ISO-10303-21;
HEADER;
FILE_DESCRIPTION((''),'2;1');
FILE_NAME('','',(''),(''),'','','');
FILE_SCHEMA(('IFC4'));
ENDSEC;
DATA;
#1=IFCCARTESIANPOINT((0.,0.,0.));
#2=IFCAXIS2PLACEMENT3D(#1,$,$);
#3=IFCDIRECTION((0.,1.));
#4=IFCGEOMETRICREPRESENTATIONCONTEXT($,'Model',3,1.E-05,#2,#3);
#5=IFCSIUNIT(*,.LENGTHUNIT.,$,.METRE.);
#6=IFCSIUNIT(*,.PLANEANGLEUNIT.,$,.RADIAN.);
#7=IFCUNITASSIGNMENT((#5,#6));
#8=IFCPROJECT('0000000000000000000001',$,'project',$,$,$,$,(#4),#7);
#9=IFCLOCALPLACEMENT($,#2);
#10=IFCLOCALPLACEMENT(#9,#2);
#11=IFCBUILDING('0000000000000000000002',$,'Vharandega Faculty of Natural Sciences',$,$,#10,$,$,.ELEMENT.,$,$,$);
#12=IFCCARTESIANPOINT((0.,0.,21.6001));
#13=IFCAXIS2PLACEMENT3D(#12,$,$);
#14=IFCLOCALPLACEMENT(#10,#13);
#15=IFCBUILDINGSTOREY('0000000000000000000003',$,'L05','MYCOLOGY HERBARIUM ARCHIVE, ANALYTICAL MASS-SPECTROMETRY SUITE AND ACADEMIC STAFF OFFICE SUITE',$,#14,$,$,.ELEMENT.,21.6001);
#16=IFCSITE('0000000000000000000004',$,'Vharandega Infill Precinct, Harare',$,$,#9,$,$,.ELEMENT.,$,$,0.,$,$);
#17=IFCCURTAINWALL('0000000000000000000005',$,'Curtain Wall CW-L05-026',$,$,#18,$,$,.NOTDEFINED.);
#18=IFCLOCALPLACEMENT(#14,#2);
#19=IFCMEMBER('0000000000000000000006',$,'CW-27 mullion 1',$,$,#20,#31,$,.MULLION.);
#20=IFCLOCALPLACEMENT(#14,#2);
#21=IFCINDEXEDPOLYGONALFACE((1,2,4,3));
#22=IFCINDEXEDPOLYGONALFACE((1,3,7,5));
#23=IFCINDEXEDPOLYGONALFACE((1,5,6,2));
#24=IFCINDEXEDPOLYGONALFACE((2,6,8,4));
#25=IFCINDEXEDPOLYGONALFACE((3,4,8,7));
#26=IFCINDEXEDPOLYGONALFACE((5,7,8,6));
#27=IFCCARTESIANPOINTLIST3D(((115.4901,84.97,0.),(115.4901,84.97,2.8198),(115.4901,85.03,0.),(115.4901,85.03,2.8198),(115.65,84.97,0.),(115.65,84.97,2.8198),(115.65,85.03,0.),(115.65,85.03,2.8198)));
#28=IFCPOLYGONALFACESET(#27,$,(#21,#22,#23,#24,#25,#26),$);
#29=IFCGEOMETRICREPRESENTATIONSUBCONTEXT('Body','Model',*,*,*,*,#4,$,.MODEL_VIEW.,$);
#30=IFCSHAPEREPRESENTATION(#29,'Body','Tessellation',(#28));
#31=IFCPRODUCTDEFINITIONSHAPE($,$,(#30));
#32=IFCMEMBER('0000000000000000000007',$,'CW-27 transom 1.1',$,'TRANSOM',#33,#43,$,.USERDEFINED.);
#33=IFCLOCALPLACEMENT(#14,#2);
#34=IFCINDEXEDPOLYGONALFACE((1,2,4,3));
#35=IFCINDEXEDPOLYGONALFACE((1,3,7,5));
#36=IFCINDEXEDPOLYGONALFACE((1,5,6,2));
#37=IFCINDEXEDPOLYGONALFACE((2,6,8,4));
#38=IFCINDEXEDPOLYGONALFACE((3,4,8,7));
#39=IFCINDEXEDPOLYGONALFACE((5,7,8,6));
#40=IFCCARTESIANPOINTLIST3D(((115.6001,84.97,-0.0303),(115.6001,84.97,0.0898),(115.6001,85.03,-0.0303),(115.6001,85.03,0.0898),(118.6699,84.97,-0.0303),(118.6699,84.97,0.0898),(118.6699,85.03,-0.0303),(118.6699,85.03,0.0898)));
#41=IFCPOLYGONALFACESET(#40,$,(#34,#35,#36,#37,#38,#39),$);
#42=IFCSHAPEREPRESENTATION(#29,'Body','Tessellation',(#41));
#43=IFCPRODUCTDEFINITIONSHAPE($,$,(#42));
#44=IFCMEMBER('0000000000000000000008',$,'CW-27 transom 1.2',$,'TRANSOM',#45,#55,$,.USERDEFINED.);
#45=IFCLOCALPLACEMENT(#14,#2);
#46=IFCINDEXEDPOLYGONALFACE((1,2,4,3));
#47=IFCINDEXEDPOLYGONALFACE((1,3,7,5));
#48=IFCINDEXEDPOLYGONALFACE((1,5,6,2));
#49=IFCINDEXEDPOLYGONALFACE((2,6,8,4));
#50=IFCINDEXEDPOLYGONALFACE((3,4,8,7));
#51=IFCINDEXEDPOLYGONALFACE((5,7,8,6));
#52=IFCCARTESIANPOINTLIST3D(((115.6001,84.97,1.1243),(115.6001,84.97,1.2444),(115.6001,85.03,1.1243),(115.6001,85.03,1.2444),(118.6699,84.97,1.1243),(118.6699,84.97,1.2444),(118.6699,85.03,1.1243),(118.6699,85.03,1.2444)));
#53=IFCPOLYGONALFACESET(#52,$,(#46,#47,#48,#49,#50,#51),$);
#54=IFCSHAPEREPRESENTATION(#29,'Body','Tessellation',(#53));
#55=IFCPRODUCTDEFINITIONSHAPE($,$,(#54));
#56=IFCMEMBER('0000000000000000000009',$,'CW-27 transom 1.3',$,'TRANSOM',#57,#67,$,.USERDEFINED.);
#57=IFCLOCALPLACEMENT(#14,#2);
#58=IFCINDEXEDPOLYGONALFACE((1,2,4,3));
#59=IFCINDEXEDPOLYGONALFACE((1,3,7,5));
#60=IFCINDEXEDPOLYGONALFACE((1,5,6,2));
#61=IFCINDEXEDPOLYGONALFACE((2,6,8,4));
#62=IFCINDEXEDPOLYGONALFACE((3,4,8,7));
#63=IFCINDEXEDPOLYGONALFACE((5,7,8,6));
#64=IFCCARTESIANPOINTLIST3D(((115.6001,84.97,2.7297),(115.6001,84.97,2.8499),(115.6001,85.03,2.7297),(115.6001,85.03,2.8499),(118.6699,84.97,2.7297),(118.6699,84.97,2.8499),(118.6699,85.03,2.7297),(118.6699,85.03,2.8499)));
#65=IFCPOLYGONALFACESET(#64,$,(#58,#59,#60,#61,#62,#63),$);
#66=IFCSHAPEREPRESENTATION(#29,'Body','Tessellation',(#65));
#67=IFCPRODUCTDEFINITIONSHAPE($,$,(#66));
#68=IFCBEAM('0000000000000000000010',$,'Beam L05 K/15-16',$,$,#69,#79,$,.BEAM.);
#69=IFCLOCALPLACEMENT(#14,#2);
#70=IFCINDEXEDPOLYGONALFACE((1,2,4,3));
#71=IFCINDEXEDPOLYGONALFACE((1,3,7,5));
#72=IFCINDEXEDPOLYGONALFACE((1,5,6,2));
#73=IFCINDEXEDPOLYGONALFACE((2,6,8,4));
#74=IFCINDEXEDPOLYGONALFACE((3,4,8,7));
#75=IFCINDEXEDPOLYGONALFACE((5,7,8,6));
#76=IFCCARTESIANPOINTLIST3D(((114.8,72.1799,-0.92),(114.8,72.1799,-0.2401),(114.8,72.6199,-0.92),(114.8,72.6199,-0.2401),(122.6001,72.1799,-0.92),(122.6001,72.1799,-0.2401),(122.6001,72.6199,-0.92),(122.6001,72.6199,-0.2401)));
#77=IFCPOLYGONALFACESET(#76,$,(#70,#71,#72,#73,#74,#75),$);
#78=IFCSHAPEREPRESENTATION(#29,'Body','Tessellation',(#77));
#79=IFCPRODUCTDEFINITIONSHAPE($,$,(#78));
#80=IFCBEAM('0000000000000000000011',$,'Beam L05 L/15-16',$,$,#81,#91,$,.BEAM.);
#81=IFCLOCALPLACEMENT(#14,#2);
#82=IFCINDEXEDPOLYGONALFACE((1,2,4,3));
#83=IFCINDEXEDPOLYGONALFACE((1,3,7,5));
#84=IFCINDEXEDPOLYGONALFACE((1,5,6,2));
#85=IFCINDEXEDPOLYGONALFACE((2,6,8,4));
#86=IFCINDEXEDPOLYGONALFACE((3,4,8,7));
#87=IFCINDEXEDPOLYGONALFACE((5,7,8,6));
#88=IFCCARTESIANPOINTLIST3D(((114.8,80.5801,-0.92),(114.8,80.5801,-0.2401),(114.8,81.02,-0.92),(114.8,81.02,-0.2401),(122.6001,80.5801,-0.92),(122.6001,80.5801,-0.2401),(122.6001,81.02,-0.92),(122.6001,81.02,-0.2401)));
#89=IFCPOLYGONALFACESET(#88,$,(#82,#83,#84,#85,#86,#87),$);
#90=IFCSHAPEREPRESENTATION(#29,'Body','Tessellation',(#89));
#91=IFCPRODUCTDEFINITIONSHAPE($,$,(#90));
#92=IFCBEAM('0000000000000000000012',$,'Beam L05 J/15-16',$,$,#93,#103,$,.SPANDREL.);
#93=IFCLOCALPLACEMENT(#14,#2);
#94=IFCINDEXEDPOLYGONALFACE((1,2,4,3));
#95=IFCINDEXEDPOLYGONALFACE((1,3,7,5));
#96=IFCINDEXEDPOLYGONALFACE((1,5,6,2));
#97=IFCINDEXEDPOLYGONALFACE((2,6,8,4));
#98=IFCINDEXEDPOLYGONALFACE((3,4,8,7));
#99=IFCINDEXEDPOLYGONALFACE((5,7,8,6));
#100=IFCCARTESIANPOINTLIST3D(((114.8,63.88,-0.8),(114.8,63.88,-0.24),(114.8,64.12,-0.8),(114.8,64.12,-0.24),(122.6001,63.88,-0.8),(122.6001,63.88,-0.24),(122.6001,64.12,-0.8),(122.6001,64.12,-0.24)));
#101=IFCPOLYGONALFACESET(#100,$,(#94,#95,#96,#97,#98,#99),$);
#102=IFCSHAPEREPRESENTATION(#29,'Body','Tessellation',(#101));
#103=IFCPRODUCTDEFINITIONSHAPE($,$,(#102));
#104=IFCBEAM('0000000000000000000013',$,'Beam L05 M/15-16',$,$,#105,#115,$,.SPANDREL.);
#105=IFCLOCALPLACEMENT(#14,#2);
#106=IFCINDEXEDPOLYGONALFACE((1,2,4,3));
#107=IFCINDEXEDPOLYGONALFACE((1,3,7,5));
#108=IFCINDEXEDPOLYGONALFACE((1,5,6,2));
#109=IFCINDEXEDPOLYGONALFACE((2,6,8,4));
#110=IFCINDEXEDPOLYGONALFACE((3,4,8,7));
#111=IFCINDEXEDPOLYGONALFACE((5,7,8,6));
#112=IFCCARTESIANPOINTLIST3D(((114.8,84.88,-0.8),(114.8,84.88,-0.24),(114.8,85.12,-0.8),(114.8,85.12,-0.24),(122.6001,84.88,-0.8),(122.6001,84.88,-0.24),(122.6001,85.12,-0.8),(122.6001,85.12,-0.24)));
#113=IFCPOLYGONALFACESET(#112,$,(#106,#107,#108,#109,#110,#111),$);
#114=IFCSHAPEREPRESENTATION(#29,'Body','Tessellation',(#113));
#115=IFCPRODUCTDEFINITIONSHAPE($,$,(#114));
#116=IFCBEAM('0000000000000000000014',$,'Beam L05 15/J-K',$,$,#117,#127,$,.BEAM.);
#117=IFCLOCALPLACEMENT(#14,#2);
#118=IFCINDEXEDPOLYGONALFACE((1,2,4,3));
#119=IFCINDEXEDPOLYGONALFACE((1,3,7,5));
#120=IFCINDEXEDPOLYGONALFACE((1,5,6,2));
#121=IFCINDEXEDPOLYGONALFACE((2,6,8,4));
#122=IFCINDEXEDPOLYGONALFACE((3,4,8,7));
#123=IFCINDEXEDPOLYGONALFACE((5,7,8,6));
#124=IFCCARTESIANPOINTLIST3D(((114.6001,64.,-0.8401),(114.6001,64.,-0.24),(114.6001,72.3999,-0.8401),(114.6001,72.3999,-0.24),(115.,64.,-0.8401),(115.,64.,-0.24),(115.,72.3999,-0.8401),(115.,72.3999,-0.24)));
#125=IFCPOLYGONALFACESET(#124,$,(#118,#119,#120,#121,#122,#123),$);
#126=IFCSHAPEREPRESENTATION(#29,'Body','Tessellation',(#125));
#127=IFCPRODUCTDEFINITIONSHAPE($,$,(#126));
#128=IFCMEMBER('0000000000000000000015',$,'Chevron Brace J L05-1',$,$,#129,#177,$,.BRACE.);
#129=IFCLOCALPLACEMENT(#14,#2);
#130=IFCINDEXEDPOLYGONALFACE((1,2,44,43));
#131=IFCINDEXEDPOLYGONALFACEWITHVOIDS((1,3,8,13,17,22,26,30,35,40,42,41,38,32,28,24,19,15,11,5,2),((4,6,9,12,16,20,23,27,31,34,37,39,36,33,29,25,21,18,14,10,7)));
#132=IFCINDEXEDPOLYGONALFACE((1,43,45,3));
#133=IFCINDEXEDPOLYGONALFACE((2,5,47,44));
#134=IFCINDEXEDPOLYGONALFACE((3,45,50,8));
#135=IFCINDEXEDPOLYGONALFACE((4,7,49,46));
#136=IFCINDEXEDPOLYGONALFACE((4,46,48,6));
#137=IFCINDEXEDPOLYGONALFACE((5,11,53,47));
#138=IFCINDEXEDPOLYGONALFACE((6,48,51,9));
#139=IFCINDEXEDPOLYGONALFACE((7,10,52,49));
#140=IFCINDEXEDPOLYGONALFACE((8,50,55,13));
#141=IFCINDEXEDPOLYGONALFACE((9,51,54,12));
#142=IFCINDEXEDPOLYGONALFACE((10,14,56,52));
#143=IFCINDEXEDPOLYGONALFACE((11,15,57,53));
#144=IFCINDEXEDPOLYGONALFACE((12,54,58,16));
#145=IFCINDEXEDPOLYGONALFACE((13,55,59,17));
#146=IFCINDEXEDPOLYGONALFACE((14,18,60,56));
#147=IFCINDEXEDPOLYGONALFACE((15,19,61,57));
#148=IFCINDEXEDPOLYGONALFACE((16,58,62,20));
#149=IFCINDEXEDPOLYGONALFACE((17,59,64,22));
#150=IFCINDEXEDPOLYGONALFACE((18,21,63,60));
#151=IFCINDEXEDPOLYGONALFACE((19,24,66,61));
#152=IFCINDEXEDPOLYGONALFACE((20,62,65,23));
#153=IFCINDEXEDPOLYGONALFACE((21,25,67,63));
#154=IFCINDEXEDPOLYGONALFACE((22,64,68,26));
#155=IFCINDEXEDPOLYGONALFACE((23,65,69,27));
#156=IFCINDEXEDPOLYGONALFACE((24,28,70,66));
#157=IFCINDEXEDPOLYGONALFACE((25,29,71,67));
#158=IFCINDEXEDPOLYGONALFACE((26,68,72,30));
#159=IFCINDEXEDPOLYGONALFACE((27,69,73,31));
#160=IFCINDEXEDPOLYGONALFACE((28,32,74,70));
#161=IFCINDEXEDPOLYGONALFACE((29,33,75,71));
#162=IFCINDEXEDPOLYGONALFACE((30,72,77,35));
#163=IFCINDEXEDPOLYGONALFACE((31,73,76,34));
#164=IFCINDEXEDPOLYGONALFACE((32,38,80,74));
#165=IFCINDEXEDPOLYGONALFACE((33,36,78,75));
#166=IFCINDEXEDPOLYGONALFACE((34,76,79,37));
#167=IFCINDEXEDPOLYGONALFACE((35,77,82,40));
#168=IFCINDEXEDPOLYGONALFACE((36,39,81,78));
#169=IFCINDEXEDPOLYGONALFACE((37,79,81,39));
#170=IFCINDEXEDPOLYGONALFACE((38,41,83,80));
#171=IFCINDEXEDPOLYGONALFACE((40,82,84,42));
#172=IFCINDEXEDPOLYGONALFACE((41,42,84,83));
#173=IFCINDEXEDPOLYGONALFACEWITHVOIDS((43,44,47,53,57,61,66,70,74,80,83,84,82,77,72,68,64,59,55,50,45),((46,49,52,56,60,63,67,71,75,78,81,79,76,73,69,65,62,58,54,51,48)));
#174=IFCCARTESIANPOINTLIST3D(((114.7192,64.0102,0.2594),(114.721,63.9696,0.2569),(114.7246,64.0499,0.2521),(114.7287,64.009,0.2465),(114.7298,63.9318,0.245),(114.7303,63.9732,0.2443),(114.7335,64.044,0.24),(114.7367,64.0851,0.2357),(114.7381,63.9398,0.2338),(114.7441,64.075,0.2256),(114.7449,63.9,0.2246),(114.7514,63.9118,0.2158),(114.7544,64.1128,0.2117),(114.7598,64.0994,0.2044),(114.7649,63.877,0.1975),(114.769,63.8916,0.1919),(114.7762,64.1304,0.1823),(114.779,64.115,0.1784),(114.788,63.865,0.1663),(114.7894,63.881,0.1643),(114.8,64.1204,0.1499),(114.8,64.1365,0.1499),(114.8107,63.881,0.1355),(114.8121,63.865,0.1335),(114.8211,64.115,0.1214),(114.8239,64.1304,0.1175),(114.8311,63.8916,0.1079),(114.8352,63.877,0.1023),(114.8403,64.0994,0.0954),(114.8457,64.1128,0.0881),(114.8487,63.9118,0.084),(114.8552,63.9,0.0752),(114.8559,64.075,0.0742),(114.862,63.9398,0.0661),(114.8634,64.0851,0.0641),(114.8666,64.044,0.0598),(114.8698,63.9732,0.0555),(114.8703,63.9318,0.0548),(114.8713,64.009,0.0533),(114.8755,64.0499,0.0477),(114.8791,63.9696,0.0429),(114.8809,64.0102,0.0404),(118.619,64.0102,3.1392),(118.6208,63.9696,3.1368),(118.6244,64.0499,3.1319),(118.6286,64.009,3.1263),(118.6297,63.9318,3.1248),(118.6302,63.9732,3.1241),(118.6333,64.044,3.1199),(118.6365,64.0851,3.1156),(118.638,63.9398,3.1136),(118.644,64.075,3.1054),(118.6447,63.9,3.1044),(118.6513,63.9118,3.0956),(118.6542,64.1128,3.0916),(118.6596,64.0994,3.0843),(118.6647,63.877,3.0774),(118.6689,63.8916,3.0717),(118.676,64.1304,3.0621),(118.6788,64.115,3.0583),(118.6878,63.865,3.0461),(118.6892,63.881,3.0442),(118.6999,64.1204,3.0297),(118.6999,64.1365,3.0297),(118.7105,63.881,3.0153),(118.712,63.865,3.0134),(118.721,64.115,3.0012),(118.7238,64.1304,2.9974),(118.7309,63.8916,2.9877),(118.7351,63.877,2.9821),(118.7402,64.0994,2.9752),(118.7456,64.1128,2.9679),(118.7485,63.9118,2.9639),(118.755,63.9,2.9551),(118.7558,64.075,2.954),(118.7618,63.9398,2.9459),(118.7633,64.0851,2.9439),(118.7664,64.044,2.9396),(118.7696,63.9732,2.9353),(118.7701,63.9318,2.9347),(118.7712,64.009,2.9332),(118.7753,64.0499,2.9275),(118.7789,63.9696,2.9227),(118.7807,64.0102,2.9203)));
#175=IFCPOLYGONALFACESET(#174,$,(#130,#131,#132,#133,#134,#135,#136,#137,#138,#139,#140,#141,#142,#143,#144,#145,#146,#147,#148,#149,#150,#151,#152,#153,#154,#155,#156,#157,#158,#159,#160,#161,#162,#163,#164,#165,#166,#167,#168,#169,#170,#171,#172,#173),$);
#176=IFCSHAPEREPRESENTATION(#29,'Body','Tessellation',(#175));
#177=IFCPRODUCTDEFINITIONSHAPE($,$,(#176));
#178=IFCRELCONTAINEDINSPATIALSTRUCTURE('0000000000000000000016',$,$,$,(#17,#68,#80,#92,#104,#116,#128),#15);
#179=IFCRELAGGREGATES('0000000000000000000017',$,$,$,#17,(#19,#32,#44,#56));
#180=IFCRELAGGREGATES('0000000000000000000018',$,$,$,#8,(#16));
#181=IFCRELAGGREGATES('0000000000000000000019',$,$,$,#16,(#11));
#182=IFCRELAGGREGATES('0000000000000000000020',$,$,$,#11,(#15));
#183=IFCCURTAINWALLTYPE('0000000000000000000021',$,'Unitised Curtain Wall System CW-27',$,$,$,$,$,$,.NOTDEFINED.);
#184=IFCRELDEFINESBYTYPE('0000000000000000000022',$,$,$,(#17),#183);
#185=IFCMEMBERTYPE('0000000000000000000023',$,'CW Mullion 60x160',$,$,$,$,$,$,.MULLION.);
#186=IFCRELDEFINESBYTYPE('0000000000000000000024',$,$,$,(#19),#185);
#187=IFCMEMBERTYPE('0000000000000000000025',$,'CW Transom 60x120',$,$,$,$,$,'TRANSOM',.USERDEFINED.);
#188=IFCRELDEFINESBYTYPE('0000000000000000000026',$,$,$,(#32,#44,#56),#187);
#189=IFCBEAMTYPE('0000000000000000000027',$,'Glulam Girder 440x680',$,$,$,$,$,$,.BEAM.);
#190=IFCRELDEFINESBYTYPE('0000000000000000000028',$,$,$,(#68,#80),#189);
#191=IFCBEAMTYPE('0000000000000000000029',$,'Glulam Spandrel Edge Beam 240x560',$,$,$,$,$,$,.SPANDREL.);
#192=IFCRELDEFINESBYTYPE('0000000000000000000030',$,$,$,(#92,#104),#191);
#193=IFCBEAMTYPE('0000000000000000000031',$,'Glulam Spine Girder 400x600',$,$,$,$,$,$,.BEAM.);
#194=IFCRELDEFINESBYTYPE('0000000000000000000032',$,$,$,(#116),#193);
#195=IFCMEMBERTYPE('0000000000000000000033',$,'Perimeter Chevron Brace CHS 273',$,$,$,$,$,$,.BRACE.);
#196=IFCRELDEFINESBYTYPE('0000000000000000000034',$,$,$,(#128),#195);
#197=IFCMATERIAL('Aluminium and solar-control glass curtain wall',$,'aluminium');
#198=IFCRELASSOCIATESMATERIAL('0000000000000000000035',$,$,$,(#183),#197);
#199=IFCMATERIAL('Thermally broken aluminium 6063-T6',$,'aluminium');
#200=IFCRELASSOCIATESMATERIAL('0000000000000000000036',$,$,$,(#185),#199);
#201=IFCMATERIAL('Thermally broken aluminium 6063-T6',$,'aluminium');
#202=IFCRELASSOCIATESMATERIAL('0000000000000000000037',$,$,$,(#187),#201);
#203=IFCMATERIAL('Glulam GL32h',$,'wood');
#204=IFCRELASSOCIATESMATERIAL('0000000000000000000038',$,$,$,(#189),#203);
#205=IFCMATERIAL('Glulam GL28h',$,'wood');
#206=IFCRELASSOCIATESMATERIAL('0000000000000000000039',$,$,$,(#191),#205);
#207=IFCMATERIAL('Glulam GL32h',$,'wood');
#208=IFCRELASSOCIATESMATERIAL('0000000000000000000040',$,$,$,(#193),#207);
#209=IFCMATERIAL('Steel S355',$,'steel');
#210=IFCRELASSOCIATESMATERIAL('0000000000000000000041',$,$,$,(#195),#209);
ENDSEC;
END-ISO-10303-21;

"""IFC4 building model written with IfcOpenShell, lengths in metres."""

from ifc_helpers import new_model, si_unit, direction, frame, origin, origin_2d, place, context, subcontext, project, spatial, rectangle, hollow_circle, extrude, material, material_profile, profile_set, type_object, element, aggregate, save


model = new_model("IFC4")

# Units and contexts
model_context = context("Model", 3, precision=1e-05, world=origin(), true_north=direction((0.0, 1.0)))
body_context = subcontext(model_context, "Body", "Model", "MODEL_VIEW")
ifc_project = project(units=[si_unit("LENGTHUNIT", "METRE"), si_unit("PLANEANGLEUNIT", "RADIAN")], contexts=[model_context])

# Site, building, storey
site_placement = place(None, origin())
site = spatial("IfcSite", under=ifc_project, at=site_placement, Name="Vharandega Infill Precinct, Harare", CompositionType="ELEMENT", RefElevation=0.0)
building_placement = place(site_placement, origin())
building = spatial("IfcBuilding", under=site, at=building_placement, Name="Vharandega Faculty of Natural Sciences", CompositionType="ELEMENT")
storey_placement = place(building_placement, frame((0.0, 0.0, 21.6001)))
storey = spatial("IfcBuildingStorey", under=building, at=storey_placement, Name="L05", Description="MYCOLOGY HERBARIUM ARCHIVE, ANALYTICAL MASS-SPECTROMETRY SUITE AND ACADEMIC STAFF OFFICE SUITE", CompositionType="ELEMENT", Elevation=21.6001)

# Curtain wall, members
ifc_material_1 = material(Name="Aluminium and solar-control glass curtain wall", Category="aluminium")
curtain_wall_type = type_object("IfcCurtainWallType", Name="Unitised Curtain Wall System CW-27", PredefinedType="NOTDEFINED", material=ifc_material_1)
curtain_wall_placement = place(storey_placement, origin())
curtain_wall = element("IfcCurtainWall", 1, at=curtain_wall_placement, inside=storey, type_object=curtain_wall_type, Name="Curtain Wall CW-L05-026", PredefinedType="NOTDEFINED")
ifc_material_2 = material(Name="Thermally broken aluminium 6063-T6", Category="aluminium")
ifc_material_profile_1 = material_profile(ifc_material_2, rectangle(XDim=0.0601, YDim=0.1599, at=origin_2d()), Name="ALU 60x160")
ifc_profile_set_1 = profile_set([ifc_material_profile_1], Name="Thermally broken aluminium 6063-T6")
member_type_1 = type_object("IfcMemberType", Name="CW Mullion 60x160", PredefinedType="MULLION", material=ifc_profile_set_1)
member_1_placement = place(storey_placement, frame((115.5701, 85.0, 0.0), z_axis=(0.0, 0.0, 1.0), x_axis=(0.0, 1.0, 0.0)))
member_1 = element("IfcMember", 2, at=member_1_placement, type_object=member_type_1, Name="CW-27 mullion 1", PredefinedType="MULLION", context=body_context, shape_type="SweptSolid", body=[
    extrude(rectangle(XDim=0.0601, YDim=0.1599, at=origin_2d()), origin(), (0.0, 0.0, 1.0), 2.8198),
])
ifc_material_3 = material(Name="Thermally broken aluminium 6063-T6", Category="aluminium")
ifc_material_profile_2 = material_profile(ifc_material_3, rectangle(XDim=0.0601, YDim=0.1201, at=origin_2d()), Name="ALU 60x120")
ifc_profile_set_2 = profile_set([ifc_material_profile_2], Name="Thermally broken aluminium 6063-T6")
member_type_2 = type_object("IfcMemberType", Name="CW Transom 60x120", ElementType="TRANSOM", PredefinedType="USERDEFINED", material=ifc_profile_set_2)
member_2_placement = place(storey_placement, frame((115.6001, 85.0, 0.0298), z_axis=(1.0, 0.0, 0.0), x_axis=(0.0, 1.0, 0.0)))
member_2 = element("IfcMember", 3, at=member_2_placement, type_object=member_type_2, Name="CW-27 transom 1.1", ObjectType="TRANSOM", PredefinedType="USERDEFINED", context=body_context, shape_type="SweptSolid", body=[
    extrude(rectangle(XDim=0.0601, YDim=0.1201, at=origin_2d()), origin(), (0.0, 0.0, 1.0), 3.0698),
])
member_3_placement = place(storey_placement, frame((115.6001, 85.0, 1.1843), z_axis=(1.0, 0.0, 0.0), x_axis=(0.0, 1.0, 0.0)))
member_3 = element("IfcMember", 4, at=member_3_placement, type_object=member_type_2, Name="CW-27 transom 1.2", ObjectType="TRANSOM", PredefinedType="USERDEFINED", context=body_context, shape_type="SweptSolid", body=[
    extrude(rectangle(XDim=0.0601, YDim=0.1201, at=origin_2d()), origin(), (0.0, 0.0, 1.0), 3.0698),
])
member_4_placement = place(storey_placement, frame((115.6001, 85.0, 2.7898), z_axis=(1.0, 0.0, 0.0), x_axis=(0.0, 1.0, 0.0)))
member_4 = element("IfcMember", 5, at=member_4_placement, type_object=member_type_2, Name="CW-27 transom 1.3", ObjectType="TRANSOM", PredefinedType="USERDEFINED", context=body_context, shape_type="SweptSolid", body=[
    extrude(rectangle(XDim=0.0601, YDim=0.1201, at=origin_2d()), origin(), (0.0, 0.0, 1.0), 3.0698),
])

# Beams
ifc_material_4 = material(Name="Glulam GL32h", Category="wood")
ifc_material_profile_3 = material_profile(ifc_material_4, rectangle(XDim=0.4399, YDim=0.6799, at=origin_2d()), Name="GL32h 440x680")
ifc_profile_set_3 = profile_set([ifc_material_profile_3], Name="Glulam GL32h")
beam_type_1 = type_object("IfcBeamType", Name="Glulam Girder 440x680", PredefinedType="BEAM", material=ifc_profile_set_3)
for number, where, z_axis, x_axis, name in (
    (6, (114.8, 72.3999, -0.5801), (1.0, 0.0, 0.0), (0.0, 1.0, 0.0), "Beam L05 K/15-16"),
    (7, (114.8, 80.8, -0.5801), (1.0, 0.0, 0.0), (0.0, 1.0, 0.0), "Beam L05 L/15-16"),
):
    element("IfcBeam", number, at=place(storey_placement, frame(where, z_axis=z_axis, x_axis=x_axis)), inside=storey, type_object=beam_type_1, Name=name, PredefinedType="BEAM", context=body_context, shape_type="SweptSolid", body=[
        extrude(rectangle(XDim=0.4399, YDim=0.6799, at=origin_2d()), origin(), (0.0, 0.0, 1.0), 7.8),
    ])
ifc_material_5 = material(Name="Glulam GL28h", Category="wood")
ifc_material_profile_4 = material_profile(ifc_material_5, rectangle(XDim=0.24, YDim=0.5601, at=origin_2d()), Name="GL28h 240x560")
ifc_profile_set_4 = profile_set([ifc_material_profile_4], Name="Glulam GL28h")
beam_type_2 = type_object("IfcBeamType", Name="Glulam Spandrel Edge Beam 240x560", PredefinedType="SPANDREL", material=ifc_profile_set_4)
for number, where, z_axis, x_axis, name in (
    (8, (114.8, 64.0, -0.52), (1.0, 0.0, 0.0), (0.0, 1.0, 0.0), "Beam L05 J/15-16"),
    (9, (114.8, 85.0, -0.52), (1.0, 0.0, 0.0), (0.0, 1.0, 0.0), "Beam L05 M/15-16"),
):
    element("IfcBeam", number, at=place(storey_placement, frame(where, z_axis=z_axis, x_axis=x_axis)), inside=storey, type_object=beam_type_2, Name=name, PredefinedType="SPANDREL", context=body_context, shape_type="SweptSolid", body=[
        extrude(rectangle(XDim=0.24, YDim=0.5601, at=origin_2d()), origin(), (0.0, 0.0, 1.0), 7.8),
    ])
ifc_material_6 = material(Name="Glulam GL32h", Category="wood")
ifc_material_profile_5 = material_profile(ifc_material_6, rectangle(XDim=0.3999, YDim=0.6001, at=origin_2d()), Name="GL32h 400x600")
ifc_profile_set_5 = profile_set([ifc_material_profile_5], Name="Glulam GL32h")
beam_type_3 = type_object("IfcBeamType", Name="Glulam Spine Girder 400x600", PredefinedType="BEAM", material=ifc_profile_set_5)
beam_1_placement = place(storey_placement, frame((114.8, 64.0, -0.54), z_axis=(0.0, 1.0, 0.0), x_axis=(-1.0, 0.0, 0.0)))
element("IfcBeam", 10, at=beam_1_placement, inside=storey, type_object=beam_type_3, Name="Beam L05 15/J-K", PredefinedType="BEAM", context=body_context, shape_type="SweptSolid", body=[
    extrude(rectangle(XDim=0.3999, YDim=0.6001, at=origin_2d()), origin(), (0.0, 0.0, 1.0), 8.3999),
])

# Member
ifc_material_7 = material(Name="Steel S355", Category="steel")
ifc_material_profile_6 = material_profile(ifc_material_7, hollow_circle(Radius=0.1365, WallThickness=0.0161, at=origin_2d()), Name="CHS 273x16")
ifc_profile_set_6 = profile_set([ifc_material_profile_6], Name="Steel S355")
member_type_3 = type_object("IfcMemberType", Name="Perimeter Chevron Brace CHS 273", PredefinedType="BRACE", material=ifc_profile_set_6)
member_5_placement = place(storey_placement, frame((114.8, 64.0, 0.1499), z_axis=(0.804438, 0.0, 0.594037), x_axis=(0.0, 1.0, 0.0)))
element("IfcMember", 11, at=member_5_placement, inside=storey, type_object=member_type_3, Name="Chevron Brace J L05-1", PredefinedType="BRACE", context=body_context, shape_type="SweptSolid", body=[
    extrude(hollow_circle(Radius=0.1365, WallThickness=0.0161, at=origin_2d()), origin(), (0.0, 0.0, 1.0), 4.8479),
])

aggregate(curtain_wall, [member_1, member_2, member_3, member_4])

save(model, "model.ifc")
